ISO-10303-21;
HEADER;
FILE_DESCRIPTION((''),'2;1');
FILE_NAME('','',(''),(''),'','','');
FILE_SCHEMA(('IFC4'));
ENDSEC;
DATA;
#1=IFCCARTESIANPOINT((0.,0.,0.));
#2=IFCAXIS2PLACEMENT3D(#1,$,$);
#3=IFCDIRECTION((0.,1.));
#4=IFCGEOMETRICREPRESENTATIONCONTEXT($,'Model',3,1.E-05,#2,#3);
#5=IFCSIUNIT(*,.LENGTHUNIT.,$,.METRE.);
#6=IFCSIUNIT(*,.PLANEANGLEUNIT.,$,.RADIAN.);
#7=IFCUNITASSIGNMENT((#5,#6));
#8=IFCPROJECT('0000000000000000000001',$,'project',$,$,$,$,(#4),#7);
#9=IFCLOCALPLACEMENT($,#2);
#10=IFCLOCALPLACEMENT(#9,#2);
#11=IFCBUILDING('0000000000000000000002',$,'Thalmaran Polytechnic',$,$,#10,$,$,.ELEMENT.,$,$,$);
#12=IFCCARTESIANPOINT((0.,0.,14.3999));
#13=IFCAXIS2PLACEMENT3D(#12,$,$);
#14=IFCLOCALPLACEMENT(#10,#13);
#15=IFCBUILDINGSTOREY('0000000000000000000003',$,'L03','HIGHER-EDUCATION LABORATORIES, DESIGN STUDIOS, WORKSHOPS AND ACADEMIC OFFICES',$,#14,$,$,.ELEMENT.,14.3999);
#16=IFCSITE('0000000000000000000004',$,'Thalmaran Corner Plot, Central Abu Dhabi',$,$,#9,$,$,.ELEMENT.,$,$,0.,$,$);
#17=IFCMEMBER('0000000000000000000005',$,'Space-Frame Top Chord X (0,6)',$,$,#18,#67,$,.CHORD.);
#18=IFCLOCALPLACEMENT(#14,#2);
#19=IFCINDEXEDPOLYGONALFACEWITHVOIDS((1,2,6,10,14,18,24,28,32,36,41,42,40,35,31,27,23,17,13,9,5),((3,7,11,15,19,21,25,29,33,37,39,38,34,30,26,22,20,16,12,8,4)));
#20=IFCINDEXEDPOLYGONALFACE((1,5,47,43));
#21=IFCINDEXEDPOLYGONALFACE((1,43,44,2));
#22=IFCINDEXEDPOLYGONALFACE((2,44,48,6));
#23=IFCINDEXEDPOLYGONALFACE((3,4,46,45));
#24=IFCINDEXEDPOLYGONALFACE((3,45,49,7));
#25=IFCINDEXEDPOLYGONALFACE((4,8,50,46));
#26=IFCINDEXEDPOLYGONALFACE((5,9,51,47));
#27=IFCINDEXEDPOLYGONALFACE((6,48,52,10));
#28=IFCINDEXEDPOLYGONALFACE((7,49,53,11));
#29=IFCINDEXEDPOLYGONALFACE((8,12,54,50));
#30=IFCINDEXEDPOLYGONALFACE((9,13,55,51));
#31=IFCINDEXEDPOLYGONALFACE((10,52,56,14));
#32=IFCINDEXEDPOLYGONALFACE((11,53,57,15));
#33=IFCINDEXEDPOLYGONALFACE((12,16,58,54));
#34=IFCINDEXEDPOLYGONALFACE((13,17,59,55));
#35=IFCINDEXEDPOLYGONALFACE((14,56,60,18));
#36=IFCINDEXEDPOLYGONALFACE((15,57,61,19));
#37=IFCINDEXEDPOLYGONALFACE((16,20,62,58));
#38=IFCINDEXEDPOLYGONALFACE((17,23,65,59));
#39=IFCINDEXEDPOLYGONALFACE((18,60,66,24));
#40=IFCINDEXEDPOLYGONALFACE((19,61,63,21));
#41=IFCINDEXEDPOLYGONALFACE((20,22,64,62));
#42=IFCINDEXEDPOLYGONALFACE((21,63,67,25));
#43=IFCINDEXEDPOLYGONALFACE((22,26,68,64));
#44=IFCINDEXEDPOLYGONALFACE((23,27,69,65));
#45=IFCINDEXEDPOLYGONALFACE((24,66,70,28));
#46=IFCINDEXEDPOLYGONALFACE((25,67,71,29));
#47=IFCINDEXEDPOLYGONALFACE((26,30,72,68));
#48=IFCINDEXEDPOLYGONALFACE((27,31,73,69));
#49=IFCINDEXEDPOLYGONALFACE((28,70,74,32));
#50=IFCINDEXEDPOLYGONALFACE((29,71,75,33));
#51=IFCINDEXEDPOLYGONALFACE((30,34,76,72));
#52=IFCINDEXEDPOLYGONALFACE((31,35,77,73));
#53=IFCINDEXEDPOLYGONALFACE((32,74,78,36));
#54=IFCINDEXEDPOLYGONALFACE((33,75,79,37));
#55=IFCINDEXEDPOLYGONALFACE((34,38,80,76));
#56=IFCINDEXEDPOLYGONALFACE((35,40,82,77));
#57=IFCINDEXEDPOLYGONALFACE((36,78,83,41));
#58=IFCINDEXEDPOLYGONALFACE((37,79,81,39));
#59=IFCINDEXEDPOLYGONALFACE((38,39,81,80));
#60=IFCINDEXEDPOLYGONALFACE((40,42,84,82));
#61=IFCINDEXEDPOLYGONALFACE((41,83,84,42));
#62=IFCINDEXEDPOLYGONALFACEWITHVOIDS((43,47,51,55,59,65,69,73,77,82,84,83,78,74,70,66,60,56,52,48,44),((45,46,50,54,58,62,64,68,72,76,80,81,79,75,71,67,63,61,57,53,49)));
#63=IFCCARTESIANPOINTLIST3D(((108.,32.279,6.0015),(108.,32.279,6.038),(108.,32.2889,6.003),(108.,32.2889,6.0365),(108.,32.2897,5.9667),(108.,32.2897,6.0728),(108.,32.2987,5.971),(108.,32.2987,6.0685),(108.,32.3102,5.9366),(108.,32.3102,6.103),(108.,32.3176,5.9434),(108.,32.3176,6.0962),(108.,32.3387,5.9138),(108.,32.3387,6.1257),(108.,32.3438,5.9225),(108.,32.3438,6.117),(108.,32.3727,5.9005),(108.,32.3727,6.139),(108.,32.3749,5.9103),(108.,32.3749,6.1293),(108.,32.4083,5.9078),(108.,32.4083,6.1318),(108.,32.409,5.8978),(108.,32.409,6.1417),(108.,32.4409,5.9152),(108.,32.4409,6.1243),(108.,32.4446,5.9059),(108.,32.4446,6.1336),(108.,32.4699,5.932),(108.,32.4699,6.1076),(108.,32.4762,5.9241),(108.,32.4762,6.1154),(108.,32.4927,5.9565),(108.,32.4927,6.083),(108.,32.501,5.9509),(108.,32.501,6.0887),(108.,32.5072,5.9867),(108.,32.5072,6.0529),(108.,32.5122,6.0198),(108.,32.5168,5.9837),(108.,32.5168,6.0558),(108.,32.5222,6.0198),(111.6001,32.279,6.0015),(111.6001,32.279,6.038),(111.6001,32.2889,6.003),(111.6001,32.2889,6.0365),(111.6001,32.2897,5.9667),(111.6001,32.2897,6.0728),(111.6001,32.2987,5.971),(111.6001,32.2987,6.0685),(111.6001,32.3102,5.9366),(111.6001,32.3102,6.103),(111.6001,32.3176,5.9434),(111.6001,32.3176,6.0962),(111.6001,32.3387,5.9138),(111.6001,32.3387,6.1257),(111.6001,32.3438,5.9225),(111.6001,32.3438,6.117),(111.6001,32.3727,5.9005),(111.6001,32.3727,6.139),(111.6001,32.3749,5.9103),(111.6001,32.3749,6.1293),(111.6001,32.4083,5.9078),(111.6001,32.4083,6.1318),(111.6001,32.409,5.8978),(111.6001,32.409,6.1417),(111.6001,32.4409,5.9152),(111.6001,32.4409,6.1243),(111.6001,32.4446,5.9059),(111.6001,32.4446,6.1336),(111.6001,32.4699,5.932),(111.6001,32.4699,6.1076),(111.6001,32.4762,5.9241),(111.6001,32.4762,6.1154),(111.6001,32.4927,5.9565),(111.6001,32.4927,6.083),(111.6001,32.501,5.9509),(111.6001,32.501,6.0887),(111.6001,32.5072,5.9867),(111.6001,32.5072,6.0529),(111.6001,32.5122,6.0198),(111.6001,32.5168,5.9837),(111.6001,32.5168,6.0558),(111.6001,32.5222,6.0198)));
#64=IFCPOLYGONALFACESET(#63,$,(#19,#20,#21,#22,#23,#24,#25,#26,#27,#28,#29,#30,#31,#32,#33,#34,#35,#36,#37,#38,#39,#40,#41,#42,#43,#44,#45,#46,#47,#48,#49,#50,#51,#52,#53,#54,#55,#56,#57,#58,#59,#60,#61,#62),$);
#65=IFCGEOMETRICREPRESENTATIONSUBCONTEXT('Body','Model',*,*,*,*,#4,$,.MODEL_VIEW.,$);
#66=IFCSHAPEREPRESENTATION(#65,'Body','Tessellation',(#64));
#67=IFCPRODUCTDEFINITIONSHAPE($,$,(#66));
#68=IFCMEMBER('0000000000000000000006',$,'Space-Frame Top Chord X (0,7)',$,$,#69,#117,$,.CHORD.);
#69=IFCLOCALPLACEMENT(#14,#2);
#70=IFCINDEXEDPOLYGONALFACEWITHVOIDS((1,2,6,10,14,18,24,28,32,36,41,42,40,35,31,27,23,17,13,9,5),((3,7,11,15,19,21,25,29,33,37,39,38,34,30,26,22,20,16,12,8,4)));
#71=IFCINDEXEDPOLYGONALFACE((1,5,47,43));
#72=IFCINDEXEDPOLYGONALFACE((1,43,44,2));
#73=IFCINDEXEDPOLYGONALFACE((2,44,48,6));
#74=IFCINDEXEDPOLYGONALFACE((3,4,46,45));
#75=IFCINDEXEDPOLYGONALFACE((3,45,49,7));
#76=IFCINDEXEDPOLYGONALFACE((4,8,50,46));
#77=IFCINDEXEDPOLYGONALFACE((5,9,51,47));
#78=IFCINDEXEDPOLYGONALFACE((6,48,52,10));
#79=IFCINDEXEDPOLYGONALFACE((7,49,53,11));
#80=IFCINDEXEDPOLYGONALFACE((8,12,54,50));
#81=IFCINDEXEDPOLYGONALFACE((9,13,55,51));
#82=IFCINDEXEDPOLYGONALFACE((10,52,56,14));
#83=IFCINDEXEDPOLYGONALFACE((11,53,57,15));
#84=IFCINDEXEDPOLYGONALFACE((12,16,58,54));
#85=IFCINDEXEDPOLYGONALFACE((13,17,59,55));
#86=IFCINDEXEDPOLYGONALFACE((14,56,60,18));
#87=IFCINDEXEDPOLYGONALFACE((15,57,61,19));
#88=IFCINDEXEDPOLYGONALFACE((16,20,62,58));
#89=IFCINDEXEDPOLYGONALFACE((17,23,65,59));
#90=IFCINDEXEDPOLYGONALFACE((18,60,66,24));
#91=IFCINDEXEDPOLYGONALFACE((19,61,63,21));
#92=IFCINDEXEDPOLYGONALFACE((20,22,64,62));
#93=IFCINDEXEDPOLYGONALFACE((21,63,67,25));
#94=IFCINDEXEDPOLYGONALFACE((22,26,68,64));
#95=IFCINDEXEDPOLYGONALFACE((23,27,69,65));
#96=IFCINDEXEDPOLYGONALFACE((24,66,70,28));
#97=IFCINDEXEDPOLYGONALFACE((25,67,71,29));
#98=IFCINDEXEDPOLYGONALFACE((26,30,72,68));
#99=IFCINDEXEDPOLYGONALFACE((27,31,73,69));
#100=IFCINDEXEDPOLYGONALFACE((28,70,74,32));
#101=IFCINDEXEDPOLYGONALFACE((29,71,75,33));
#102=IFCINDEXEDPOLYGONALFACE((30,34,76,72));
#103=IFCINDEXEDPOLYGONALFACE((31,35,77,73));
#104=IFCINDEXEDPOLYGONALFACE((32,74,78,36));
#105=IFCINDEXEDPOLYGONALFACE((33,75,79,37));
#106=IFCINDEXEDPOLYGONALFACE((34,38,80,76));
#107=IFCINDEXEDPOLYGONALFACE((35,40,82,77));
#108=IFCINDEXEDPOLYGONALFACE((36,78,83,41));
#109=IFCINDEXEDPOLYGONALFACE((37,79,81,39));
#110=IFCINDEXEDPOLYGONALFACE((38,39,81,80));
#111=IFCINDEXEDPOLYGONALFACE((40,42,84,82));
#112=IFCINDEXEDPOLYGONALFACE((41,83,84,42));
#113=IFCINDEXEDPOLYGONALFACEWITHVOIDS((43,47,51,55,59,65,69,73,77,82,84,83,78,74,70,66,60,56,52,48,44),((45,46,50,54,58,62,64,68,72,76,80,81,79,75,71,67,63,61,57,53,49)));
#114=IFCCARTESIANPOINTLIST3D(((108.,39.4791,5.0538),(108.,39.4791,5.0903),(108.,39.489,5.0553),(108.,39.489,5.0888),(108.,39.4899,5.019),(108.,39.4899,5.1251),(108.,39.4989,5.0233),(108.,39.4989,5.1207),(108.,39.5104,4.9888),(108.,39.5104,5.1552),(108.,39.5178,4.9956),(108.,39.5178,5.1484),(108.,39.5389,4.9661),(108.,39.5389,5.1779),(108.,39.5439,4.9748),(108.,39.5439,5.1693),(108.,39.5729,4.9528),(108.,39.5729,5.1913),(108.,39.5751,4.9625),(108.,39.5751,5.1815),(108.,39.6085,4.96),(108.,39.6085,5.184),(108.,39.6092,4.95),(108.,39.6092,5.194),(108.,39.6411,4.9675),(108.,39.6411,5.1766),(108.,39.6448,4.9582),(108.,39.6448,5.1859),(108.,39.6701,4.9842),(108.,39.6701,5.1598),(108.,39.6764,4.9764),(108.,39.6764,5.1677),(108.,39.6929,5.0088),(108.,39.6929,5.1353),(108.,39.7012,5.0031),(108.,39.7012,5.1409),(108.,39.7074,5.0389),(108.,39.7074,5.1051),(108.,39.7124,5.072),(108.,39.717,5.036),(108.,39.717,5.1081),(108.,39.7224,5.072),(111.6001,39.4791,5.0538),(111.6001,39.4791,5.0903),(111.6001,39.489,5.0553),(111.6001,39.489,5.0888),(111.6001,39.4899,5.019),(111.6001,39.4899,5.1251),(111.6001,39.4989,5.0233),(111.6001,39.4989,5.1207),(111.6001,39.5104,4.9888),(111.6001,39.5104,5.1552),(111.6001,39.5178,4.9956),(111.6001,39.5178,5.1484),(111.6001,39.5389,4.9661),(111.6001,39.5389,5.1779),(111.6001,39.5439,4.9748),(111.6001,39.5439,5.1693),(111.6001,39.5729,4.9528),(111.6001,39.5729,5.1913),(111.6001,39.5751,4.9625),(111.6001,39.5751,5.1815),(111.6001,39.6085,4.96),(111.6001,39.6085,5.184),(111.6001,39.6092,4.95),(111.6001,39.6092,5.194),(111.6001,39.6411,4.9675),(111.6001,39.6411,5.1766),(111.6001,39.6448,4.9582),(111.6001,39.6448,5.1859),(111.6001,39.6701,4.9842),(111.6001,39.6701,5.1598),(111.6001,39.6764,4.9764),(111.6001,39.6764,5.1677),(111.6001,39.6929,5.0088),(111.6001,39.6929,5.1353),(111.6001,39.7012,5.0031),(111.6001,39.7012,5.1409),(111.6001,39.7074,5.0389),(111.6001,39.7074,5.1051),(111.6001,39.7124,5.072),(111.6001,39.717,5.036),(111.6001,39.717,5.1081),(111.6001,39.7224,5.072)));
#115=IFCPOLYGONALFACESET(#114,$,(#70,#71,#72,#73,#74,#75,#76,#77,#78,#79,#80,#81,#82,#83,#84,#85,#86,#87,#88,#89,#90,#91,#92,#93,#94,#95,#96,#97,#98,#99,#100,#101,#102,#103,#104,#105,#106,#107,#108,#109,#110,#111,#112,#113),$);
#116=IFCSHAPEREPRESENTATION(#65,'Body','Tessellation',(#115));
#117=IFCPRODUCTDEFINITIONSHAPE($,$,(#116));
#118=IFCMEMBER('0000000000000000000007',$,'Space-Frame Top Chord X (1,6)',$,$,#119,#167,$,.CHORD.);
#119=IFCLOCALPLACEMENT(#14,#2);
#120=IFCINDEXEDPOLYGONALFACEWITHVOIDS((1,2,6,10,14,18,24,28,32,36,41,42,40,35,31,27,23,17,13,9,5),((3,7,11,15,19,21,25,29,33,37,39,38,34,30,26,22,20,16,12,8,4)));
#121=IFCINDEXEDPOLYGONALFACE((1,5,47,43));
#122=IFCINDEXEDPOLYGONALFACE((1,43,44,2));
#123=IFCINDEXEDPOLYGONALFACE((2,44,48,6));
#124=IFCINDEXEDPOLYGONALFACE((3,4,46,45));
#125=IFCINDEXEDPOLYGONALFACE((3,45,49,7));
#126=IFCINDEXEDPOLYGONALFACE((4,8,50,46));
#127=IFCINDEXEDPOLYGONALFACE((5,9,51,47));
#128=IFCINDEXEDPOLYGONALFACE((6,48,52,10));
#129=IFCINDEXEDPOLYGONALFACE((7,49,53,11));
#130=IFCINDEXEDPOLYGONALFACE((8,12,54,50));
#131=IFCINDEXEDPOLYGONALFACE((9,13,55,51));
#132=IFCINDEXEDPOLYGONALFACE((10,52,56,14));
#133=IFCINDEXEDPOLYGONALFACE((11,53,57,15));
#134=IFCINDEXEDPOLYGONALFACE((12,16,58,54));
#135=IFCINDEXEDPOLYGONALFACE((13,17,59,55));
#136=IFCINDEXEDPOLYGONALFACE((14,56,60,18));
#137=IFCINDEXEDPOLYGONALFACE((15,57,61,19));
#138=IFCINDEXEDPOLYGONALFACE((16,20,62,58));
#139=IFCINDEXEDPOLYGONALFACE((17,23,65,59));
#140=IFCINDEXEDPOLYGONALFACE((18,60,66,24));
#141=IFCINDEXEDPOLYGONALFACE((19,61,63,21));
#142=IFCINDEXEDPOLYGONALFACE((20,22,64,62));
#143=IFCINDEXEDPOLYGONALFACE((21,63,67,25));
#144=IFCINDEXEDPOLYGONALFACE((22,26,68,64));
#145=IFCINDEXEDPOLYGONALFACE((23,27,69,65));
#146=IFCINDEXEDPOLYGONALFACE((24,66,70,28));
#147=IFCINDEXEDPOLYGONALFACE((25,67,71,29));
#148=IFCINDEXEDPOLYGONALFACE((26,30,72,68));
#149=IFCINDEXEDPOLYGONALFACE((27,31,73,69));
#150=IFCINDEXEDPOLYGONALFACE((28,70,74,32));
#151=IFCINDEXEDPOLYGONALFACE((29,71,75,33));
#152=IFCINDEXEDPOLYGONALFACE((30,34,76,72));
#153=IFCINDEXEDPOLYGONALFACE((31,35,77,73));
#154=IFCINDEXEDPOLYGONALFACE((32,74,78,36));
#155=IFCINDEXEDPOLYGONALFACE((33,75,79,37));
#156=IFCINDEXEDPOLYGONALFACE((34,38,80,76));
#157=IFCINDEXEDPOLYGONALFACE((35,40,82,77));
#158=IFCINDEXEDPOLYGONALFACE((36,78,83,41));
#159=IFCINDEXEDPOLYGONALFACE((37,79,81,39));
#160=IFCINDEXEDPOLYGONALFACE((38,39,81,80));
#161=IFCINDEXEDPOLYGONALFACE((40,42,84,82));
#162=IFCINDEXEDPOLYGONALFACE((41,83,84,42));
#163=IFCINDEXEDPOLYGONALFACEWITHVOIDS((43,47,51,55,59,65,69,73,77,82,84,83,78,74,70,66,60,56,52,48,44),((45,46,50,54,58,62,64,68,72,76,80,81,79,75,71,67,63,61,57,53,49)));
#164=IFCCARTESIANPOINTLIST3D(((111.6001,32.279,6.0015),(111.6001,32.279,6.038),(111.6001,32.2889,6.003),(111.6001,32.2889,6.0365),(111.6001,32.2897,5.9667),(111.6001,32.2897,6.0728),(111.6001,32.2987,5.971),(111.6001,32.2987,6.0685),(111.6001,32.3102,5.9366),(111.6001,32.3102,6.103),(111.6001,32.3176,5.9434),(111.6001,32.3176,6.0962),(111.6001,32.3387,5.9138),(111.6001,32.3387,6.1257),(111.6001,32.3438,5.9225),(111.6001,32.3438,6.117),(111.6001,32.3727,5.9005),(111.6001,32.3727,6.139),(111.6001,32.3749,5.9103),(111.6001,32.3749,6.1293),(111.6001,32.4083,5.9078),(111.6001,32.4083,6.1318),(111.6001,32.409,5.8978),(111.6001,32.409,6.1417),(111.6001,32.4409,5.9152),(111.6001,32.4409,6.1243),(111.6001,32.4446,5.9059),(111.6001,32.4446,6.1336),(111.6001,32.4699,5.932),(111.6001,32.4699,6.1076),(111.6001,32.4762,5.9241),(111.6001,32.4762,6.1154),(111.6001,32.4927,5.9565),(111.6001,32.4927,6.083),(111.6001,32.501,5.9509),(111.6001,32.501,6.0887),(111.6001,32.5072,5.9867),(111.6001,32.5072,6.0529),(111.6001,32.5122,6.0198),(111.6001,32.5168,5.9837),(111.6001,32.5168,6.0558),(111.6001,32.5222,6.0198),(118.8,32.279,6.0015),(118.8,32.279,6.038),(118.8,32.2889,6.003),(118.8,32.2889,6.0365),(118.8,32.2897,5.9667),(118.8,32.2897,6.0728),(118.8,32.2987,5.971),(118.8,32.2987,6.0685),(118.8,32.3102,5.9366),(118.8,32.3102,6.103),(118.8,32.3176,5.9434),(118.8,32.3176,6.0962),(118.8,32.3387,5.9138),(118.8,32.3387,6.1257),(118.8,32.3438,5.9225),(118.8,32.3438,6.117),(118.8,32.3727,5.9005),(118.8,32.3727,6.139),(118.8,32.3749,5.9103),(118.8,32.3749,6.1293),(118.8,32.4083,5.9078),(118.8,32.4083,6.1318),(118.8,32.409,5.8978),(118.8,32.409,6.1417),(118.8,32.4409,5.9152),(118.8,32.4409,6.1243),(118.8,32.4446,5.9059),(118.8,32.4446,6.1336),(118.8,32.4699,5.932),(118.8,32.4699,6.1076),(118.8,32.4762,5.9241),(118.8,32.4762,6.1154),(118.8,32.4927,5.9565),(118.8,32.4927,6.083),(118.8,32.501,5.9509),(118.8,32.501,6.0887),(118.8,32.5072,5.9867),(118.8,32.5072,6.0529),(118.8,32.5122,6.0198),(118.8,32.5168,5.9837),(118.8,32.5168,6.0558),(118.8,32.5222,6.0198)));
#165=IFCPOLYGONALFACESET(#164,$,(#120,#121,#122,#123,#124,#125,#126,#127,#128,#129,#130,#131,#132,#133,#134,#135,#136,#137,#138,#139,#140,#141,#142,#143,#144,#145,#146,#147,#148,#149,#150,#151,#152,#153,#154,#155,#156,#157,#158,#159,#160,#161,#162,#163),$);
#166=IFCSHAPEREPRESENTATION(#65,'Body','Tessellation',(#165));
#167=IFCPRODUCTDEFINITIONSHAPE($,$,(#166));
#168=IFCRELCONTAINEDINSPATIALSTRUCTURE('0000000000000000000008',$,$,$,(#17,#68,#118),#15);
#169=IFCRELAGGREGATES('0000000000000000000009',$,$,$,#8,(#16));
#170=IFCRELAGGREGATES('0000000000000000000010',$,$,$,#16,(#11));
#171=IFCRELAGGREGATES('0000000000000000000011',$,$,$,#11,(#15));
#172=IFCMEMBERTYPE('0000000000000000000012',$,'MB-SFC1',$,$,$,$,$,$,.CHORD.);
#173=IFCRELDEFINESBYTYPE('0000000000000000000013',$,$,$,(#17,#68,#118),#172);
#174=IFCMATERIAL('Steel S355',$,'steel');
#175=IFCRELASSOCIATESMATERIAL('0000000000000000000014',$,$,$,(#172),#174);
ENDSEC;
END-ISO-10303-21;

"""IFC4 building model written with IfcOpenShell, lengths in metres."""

from ifc_helpers import new_model, si_unit, direction, frame, origin, origin_2d, place, context, subcontext, project, spatial, hollow_circle, extrude, material, material_profile, profile_set, type_object, element, save


model = new_model("IFC4")

# Units and contexts
model_context = context("Model", 3, precision=1e-05, world=origin(), true_north=direction((0.0, 1.0)))
body_context = subcontext(model_context, "Body", "Model", "MODEL_VIEW")
ifc_project = project(units=[si_unit("LENGTHUNIT", "METRE"), si_unit("PLANEANGLEUNIT", "RADIAN")], contexts=[model_context])

# Site, building, storey
site_placement = place(None, origin())
site = spatial("IfcSite", under=ifc_project, at=site_placement, Name="Thalmaran Corner Plot, Central Abu Dhabi", CompositionType="ELEMENT", RefElevation=0.0)
building_placement = place(site_placement, origin())
building = spatial("IfcBuilding", under=site, at=building_placement, Name="Thalmaran Polytechnic", CompositionType="ELEMENT")
storey_placement = place(building_placement, frame((0.0, 0.0, 14.3999)))
storey = spatial("IfcBuildingStorey", under=building, at=storey_placement, Name="L03", Description="HIGHER-EDUCATION LABORATORIES, DESIGN STUDIOS, WORKSHOPS AND ACADEMIC OFFICES", CompositionType="ELEMENT", Elevation=14.3999)

# Shared definitions
ifc_material_1 = material(Name="Steel S355", Category="steel")

# Members
ifc_material_profile_1 = material_profile(ifc_material_1, hollow_circle(Radius=0.1223, WallThickness=0.01, at=origin_2d()), Name="CHS 244.5x10.0")
ifc_profile_set_1 = profile_set([ifc_material_profile_1], Name="Steel S355")
member_type_1 = type_object("IfcMemberType", Name="MB-SFC1", PredefinedType="CHORD", material=ifc_profile_set_1)
for number, where, z_axis, x_axis, name in (
    (1, (108.0, 32.3999, 6.0198), (1.0, 0.0, 0.0), (0.0, 1.0, 0.0), "Space-Frame Top Chord X (0,6)"),
    (2, (108.0, 39.6001, 5.072), (1.0, 0.0, 0.0), (0.0, 1.0, 0.0), "Space-Frame Top Chord X (0,7)"),
):
    element("IfcMember", number, at=place(storey_placement, frame(where, z_axis=z_axis, x_axis=x_axis)), inside=storey, type_object=member_type_1, Name=name, PredefinedType="CHORD", context=body_context, shape_type="SweptSolid", body=[
        extrude(hollow_circle(Radius=0.1223, WallThickness=0.01, at=origin_2d()), origin(), (0.0, 0.0, 1.0), 3.6001),
    ])
for number, where, z_axis, x_axis, name in (
    (3, (111.6001, 32.3999, 6.0198), (1.0, 0.0, 0.0), (0.0, 1.0, 0.0), "Space-Frame Top Chord X (1,6)"),
):
    element("IfcMember", number, at=place(storey_placement, frame(where, z_axis=z_axis, x_axis=x_axis)), inside=storey, type_object=member_type_1, Name=name, PredefinedType="CHORD", context=body_context, shape_type="SweptSolid", body=[
        extrude(hollow_circle(Radius=0.1223, WallThickness=0.01, at=origin_2d()), origin(), (0.0, 0.0, 1.0), 7.2),
    ])

save(model, "model.ifc")
